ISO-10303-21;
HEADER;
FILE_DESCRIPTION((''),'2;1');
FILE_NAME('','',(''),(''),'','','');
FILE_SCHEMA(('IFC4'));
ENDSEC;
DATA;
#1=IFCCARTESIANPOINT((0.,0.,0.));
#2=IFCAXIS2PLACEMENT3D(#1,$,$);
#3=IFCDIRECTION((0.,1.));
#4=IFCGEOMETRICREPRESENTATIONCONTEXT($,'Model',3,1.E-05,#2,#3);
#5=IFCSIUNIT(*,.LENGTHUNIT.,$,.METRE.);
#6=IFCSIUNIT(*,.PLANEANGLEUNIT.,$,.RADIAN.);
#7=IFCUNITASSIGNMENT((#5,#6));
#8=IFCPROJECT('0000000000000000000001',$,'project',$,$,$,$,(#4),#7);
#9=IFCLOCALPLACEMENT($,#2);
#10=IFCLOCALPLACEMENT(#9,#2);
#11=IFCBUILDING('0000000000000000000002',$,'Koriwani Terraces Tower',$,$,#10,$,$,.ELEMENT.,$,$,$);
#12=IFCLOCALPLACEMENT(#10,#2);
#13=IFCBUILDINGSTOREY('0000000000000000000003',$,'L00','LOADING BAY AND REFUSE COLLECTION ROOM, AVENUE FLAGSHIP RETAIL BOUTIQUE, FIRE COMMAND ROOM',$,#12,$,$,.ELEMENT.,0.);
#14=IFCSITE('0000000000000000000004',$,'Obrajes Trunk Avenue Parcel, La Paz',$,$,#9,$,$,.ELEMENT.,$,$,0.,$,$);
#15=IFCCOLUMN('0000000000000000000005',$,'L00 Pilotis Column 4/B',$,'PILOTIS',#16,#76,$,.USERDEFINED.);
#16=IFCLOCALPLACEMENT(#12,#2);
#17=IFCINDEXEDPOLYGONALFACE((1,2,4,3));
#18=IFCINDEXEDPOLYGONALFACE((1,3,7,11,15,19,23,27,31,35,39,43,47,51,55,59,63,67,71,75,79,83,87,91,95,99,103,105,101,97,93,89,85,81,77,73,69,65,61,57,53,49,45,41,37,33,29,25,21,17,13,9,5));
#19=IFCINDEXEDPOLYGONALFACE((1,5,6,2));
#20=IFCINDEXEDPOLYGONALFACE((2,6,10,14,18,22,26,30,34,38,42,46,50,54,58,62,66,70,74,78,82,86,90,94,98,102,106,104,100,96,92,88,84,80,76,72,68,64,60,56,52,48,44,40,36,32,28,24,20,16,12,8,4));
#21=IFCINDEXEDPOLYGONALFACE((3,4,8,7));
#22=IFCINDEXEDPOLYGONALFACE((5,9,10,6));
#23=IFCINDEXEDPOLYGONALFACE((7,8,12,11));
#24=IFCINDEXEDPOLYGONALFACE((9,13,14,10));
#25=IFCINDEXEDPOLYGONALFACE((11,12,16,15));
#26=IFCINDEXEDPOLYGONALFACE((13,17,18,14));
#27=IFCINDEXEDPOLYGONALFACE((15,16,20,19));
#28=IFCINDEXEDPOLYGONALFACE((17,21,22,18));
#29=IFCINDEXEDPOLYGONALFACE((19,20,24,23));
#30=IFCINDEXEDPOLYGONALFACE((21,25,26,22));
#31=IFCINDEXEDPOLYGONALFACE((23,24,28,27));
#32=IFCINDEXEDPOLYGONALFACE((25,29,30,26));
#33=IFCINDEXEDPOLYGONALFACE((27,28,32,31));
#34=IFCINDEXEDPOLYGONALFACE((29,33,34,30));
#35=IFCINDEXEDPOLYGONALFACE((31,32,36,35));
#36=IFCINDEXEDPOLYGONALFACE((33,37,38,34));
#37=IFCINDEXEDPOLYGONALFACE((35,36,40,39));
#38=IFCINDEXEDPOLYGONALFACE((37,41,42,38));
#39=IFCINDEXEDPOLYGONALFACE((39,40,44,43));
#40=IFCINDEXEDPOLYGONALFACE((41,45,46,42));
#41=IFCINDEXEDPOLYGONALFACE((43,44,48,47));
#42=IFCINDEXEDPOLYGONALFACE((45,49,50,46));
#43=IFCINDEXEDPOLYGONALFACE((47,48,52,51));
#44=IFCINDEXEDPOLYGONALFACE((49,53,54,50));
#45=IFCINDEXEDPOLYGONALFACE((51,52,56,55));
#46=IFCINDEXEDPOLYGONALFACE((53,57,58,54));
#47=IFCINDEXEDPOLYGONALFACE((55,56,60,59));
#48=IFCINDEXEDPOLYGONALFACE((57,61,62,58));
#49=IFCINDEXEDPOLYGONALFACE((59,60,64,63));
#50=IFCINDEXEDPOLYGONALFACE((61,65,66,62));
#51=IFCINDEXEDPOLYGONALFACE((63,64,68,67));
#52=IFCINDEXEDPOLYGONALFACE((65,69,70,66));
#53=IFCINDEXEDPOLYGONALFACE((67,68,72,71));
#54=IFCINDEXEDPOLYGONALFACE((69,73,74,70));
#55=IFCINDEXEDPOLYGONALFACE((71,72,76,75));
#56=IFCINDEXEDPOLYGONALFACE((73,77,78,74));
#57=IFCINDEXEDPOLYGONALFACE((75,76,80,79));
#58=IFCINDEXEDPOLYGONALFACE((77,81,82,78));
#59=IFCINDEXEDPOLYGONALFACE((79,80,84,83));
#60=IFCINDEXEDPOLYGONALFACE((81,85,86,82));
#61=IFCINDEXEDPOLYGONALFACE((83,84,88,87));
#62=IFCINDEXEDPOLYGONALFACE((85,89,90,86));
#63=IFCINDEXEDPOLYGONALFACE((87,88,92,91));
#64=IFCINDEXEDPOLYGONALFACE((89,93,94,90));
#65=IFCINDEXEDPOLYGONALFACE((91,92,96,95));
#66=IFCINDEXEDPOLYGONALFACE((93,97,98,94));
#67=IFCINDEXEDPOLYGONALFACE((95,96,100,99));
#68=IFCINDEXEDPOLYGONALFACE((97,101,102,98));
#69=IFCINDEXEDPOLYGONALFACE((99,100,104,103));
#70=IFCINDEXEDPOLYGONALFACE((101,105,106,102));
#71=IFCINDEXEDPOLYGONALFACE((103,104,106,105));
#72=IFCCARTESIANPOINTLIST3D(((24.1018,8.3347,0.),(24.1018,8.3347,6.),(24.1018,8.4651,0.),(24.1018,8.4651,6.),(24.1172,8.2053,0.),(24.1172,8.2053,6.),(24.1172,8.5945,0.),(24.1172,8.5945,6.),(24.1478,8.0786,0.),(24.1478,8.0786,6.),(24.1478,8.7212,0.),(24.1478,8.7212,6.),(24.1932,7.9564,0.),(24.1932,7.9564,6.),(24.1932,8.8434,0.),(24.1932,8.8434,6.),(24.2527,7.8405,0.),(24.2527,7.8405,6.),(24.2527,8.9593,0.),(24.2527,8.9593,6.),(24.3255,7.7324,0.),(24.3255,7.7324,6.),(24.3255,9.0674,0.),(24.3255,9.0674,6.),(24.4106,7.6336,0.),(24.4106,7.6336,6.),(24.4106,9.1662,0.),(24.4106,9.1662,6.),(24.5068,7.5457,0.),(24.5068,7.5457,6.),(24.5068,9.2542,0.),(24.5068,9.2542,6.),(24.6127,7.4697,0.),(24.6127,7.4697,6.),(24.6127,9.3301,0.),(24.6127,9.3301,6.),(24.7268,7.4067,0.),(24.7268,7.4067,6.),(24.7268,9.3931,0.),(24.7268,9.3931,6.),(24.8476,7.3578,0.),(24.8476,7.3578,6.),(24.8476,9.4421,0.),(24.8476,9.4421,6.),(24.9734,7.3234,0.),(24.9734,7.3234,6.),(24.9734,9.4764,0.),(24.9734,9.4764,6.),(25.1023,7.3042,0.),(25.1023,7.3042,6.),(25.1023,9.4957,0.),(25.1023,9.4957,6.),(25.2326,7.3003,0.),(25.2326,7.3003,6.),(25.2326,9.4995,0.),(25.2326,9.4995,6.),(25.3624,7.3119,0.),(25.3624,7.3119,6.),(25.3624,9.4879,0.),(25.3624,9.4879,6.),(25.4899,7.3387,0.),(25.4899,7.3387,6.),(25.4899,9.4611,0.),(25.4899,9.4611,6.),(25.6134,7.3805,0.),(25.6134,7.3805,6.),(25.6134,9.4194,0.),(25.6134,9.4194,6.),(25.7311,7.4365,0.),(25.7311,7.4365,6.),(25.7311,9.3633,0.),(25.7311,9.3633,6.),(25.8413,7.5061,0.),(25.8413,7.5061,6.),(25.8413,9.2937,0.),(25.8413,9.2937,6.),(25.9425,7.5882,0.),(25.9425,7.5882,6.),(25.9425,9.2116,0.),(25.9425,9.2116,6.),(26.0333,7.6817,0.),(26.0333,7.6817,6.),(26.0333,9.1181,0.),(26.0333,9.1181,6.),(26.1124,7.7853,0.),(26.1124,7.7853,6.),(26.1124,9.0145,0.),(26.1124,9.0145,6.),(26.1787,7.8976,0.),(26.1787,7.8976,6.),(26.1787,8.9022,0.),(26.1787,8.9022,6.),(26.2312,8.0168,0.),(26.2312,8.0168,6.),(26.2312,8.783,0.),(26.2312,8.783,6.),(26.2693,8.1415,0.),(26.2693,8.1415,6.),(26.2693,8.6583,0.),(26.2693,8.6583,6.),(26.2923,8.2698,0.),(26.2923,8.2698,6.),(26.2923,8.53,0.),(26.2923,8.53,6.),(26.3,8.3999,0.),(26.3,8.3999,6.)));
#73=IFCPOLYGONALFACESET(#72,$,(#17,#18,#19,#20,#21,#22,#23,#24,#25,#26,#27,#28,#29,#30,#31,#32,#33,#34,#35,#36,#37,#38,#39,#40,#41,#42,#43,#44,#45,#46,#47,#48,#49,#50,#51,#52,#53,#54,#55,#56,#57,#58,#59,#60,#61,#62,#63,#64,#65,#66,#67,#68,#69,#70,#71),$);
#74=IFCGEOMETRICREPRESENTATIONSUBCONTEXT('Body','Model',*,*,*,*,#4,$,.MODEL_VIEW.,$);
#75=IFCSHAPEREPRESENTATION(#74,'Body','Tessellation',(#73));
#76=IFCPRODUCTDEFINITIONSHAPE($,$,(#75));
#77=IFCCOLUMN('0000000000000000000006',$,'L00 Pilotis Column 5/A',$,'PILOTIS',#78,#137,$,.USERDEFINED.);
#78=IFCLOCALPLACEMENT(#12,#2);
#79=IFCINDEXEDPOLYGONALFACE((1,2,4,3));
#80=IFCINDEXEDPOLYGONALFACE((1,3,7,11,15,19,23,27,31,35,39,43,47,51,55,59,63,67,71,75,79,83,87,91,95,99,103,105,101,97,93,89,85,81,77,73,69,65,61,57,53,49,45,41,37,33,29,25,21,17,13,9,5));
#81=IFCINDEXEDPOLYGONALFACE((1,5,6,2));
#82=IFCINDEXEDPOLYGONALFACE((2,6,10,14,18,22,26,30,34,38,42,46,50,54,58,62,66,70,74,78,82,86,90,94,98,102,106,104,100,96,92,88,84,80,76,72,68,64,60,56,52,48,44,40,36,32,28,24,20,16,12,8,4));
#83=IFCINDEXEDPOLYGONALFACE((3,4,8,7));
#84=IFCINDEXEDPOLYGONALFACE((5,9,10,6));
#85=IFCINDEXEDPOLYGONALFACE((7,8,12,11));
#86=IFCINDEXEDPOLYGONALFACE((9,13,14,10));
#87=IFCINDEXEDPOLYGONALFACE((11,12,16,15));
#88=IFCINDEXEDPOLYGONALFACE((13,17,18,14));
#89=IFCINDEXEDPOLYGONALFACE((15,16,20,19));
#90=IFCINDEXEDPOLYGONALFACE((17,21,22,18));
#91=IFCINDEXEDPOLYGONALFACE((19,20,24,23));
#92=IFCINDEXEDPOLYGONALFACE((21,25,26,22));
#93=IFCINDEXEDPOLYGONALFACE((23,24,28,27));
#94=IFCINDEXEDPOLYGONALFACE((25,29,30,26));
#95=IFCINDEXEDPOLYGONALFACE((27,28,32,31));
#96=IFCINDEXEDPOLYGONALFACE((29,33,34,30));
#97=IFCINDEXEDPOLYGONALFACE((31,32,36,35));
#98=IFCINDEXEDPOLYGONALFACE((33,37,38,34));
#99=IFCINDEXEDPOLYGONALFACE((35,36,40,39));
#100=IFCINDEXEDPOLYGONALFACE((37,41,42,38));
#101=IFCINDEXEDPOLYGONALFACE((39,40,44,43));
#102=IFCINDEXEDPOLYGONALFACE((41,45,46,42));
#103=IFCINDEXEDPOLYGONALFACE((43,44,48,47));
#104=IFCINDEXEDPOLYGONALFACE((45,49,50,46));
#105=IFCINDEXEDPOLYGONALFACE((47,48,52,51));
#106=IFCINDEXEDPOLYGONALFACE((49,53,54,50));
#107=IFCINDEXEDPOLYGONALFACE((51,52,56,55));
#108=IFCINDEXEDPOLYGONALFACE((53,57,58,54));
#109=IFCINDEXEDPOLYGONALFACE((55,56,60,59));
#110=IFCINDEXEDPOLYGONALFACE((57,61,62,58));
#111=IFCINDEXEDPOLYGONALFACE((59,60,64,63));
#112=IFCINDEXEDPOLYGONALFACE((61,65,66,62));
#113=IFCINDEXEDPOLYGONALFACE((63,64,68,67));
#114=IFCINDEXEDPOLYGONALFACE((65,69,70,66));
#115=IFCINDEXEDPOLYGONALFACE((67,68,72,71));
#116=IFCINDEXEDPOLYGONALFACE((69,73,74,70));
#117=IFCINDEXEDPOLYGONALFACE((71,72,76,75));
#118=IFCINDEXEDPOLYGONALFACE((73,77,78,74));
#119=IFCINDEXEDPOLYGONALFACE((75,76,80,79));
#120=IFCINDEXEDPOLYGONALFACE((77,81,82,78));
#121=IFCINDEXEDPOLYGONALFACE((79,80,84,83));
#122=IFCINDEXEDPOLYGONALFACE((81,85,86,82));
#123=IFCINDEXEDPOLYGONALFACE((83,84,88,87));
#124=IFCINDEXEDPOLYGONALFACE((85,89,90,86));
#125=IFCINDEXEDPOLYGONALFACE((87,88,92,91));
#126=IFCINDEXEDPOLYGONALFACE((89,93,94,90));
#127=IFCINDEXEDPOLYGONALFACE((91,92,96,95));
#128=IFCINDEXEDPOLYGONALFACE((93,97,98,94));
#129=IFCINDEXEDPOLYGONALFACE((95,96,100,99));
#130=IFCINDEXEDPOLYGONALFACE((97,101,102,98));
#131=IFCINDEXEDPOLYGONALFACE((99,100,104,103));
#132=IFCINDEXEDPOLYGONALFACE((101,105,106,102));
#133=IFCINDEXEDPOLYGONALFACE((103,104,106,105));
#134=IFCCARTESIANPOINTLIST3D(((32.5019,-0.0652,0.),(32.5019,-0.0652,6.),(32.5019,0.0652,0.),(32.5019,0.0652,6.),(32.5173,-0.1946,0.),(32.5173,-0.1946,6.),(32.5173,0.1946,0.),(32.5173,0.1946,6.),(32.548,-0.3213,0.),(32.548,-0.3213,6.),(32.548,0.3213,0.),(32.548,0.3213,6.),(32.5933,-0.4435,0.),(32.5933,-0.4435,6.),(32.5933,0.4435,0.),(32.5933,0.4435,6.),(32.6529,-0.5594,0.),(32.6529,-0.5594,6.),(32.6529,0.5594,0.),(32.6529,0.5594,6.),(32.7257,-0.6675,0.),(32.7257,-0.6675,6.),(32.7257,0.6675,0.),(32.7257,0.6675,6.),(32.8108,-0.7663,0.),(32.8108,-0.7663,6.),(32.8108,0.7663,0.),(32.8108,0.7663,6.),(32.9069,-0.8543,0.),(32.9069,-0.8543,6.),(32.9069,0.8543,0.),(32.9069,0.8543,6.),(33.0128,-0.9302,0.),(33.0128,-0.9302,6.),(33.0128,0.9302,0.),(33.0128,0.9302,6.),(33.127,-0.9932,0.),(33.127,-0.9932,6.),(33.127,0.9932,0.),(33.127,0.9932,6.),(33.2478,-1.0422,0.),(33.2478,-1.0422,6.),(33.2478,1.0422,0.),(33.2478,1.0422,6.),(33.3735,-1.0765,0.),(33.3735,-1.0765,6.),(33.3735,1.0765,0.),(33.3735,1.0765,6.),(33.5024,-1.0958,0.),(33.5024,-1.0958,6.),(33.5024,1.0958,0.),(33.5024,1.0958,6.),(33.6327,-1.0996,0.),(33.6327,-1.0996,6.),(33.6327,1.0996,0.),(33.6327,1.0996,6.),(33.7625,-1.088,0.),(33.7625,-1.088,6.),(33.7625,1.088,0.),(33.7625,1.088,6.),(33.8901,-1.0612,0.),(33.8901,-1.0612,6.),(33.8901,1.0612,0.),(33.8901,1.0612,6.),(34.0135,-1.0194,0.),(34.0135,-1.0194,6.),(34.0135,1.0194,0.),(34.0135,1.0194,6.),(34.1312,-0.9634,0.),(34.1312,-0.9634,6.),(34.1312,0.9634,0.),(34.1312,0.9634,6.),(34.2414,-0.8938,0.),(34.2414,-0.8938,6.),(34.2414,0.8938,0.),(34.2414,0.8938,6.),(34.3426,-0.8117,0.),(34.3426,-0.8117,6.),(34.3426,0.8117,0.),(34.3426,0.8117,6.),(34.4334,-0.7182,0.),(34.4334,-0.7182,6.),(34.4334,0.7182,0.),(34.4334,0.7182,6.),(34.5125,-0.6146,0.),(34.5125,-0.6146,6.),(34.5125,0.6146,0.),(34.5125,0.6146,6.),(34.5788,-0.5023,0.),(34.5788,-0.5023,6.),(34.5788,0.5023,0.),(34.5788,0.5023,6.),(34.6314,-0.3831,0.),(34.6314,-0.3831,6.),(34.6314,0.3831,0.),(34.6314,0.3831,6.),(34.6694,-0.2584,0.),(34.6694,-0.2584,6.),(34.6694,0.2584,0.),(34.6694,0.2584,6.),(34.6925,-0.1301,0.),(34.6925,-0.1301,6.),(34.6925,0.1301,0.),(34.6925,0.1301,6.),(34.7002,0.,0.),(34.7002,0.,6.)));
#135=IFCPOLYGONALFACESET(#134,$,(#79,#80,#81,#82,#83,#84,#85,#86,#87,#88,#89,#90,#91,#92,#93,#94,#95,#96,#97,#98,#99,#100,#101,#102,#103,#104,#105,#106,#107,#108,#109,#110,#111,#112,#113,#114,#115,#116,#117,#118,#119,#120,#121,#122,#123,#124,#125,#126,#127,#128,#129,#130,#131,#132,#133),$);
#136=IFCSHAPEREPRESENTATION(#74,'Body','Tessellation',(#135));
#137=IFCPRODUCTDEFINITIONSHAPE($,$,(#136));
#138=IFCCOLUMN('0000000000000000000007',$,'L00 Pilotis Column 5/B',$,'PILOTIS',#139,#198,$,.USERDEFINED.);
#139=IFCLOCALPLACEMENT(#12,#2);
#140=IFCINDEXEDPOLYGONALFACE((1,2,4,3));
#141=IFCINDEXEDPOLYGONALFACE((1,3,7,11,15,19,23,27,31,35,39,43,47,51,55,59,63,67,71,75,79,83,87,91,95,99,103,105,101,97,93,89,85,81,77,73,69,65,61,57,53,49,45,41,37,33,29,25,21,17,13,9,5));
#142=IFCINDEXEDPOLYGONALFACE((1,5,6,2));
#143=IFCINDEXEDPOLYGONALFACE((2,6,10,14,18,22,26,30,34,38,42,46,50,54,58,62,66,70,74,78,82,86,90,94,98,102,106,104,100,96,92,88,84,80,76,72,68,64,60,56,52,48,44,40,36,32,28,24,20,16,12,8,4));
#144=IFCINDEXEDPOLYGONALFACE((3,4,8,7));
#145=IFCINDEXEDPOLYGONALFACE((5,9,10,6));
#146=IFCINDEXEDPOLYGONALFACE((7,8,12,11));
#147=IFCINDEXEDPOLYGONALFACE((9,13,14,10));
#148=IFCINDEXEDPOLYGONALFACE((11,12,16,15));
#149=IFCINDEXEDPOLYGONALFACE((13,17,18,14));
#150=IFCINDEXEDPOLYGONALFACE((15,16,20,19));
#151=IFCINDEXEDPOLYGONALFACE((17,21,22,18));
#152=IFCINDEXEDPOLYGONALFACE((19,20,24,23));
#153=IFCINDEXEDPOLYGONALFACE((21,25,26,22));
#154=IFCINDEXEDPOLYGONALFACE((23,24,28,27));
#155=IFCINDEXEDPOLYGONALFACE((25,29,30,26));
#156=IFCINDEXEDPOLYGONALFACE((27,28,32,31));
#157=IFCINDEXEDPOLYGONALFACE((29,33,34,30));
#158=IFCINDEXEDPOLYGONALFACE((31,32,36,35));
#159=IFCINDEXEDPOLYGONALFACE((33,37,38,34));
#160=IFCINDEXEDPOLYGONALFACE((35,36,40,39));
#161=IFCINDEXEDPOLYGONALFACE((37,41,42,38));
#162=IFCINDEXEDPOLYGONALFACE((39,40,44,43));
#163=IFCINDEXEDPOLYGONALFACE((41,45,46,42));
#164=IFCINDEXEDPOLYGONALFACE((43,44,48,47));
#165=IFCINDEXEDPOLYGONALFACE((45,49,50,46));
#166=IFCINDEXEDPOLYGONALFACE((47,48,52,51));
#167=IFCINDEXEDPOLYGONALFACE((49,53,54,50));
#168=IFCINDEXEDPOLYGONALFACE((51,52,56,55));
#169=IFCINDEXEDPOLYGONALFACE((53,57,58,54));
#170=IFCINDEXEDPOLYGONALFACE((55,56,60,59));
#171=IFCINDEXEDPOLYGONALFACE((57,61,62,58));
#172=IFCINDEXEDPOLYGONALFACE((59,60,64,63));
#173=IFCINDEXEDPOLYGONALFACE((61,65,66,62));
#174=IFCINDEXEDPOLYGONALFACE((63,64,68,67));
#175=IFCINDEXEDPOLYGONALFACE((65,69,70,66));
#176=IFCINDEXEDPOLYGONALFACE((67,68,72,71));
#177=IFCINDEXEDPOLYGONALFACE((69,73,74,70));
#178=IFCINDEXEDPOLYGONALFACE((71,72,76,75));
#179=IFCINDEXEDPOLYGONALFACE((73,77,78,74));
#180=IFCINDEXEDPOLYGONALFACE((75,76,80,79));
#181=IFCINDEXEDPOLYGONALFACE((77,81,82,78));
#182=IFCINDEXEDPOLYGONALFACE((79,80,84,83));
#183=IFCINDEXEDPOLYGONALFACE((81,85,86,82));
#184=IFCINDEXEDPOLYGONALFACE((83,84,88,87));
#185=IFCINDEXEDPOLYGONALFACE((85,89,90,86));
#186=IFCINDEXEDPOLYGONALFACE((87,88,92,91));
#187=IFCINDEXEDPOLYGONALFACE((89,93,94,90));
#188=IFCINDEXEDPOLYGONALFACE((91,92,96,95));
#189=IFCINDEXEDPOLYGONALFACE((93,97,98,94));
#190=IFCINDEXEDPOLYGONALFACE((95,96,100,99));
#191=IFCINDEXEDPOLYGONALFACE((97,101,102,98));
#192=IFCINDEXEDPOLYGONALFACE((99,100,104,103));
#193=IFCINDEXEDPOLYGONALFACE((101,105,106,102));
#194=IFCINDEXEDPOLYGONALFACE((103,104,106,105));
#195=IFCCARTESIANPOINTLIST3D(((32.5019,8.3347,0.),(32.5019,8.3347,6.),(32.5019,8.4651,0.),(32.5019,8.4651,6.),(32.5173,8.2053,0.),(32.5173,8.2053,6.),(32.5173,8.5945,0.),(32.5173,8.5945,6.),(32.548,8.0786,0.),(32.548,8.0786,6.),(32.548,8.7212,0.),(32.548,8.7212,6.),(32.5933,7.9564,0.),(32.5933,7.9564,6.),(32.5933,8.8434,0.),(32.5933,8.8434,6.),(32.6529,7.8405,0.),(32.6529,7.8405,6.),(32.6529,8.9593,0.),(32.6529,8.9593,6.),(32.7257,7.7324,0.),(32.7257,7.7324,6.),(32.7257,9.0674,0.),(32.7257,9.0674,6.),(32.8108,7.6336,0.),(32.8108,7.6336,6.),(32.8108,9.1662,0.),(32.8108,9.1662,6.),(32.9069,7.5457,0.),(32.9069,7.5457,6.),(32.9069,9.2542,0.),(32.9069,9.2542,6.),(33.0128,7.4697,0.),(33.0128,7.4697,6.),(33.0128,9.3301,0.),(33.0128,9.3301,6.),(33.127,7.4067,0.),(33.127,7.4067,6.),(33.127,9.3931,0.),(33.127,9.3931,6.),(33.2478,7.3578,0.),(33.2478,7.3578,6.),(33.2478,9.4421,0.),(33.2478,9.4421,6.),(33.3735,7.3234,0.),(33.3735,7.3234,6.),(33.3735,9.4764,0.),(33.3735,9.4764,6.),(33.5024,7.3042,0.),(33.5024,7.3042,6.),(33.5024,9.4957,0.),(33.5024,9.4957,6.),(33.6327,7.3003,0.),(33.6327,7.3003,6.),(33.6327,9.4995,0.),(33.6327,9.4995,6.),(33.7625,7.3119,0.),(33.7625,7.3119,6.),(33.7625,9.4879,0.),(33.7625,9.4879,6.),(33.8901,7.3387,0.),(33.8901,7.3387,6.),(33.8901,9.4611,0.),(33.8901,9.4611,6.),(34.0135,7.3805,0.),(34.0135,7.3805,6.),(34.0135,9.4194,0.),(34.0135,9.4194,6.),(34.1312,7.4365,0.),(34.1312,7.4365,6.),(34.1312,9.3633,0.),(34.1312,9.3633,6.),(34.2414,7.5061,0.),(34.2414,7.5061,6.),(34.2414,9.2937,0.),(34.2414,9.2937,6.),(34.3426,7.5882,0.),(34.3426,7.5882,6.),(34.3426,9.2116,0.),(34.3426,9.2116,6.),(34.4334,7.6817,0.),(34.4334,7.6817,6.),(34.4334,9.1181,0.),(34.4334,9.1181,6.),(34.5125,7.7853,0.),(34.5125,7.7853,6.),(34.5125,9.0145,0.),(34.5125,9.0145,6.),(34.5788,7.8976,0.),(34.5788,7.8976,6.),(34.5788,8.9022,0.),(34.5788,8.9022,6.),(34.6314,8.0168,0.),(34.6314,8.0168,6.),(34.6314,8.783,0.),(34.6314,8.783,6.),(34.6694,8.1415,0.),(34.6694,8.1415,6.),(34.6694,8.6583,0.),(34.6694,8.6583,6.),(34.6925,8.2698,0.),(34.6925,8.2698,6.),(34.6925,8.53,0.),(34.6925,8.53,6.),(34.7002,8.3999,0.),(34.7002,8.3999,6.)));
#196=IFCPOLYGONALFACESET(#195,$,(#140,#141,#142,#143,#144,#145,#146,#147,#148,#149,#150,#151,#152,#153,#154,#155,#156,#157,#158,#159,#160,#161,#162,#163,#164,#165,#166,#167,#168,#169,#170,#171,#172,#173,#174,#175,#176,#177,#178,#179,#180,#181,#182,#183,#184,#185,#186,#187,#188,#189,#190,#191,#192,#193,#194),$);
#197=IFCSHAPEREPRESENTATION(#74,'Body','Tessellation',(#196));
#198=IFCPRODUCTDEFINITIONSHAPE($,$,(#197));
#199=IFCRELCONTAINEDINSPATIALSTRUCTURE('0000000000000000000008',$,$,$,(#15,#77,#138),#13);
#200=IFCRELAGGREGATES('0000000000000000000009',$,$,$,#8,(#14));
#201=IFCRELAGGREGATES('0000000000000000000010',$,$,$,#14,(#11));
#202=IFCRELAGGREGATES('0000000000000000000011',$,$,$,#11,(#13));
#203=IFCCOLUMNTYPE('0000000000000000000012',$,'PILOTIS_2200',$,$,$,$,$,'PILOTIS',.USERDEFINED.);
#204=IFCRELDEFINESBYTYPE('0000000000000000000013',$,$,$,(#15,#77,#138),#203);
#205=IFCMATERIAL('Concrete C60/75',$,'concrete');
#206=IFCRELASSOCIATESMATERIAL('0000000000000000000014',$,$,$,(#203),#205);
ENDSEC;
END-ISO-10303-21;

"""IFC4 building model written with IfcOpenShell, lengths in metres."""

from ifc_helpers import new_model, si_unit, direction, frame, origin, origin_2d, place, context, subcontext, project, spatial, circle, extrude, material, material_profile, profile_set, type_object, element, save


model = new_model("IFC4")

# Units and contexts
model_context = context("Model", 3, precision=1e-05, world=origin(), true_north=direction((0.0, 1.0)))
body_context = subcontext(model_context, "Body", "Model", "MODEL_VIEW")
ifc_project = project(units=[si_unit("LENGTHUNIT", "METRE"), si_unit("PLANEANGLEUNIT", "RADIAN")], contexts=[model_context])

# Site, building, storey
site_placement = place(None, origin())
site = spatial("IfcSite", under=ifc_project, at=site_placement, Name="Obrajes Trunk Avenue Parcel, La Paz", CompositionType="ELEMENT", RefElevation=0.0)
building_placement = place(site_placement, origin())
building = spatial("IfcBuilding", under=site, at=building_placement, Name="Koriwani Terraces Tower", CompositionType="ELEMENT")
storey_placement = place(building_placement, origin())
storey = spatial("IfcBuildingStorey", under=building, at=storey_placement, Name="L00", Description="LOADING BAY AND REFUSE COLLECTION ROOM, AVENUE FLAGSHIP RETAIL BOUTIQUE, FIRE COMMAND ROOM", CompositionType="ELEMENT", Elevation=0.0)

# Columns
ifc_material_1 = material(Name="Concrete C60/75", Category="concrete")
ifc_material_profile_1 = material_profile(ifc_material_1, circle(Radius=1.1001, at=origin_2d()), Name="Concrete C60/75", Category="LoadBearing")
ifc_profile_set_1 = profile_set([ifc_material_profile_1], Name="Concrete C60/75")
column_type_1 = type_object("IfcColumnType", Name="PILOTIS_2200", ElementType="PILOTIS", PredefinedType="USERDEFINED", material=ifc_profile_set_1)
for number, where, z_axis, x_axis, name in (
    (1, (25.2, 8.3999, 0.0), (0.0, 0.0, 1.0), (1.0, 0.0, 0.0), "L00 Pilotis Column 4/B"),
    (2, (33.6001, 0.0, 0.0), (0.0, 0.0, 1.0), (1.0, 0.0, 0.0), "L00 Pilotis Column 5/A"),
    (3, (33.6001, 8.3999, 0.0), (0.0, 0.0, 1.0), (1.0, 0.0, 0.0), "L00 Pilotis Column 5/B"),
):
    element("IfcColumn", number, at=place(storey_placement, frame(where, z_axis=z_axis, x_axis=x_axis)), inside=storey, type_object=column_type_1, Name=name, ObjectType="PILOTIS", PredefinedType="USERDEFINED", context=body_context, shape_type="SweptSolid", body=[
        extrude(circle(Radius=1.1001, at=origin_2d()), origin(), (0.0, 0.0, 1.0), 6.0),
    ])

save(model, "model.ifc")
